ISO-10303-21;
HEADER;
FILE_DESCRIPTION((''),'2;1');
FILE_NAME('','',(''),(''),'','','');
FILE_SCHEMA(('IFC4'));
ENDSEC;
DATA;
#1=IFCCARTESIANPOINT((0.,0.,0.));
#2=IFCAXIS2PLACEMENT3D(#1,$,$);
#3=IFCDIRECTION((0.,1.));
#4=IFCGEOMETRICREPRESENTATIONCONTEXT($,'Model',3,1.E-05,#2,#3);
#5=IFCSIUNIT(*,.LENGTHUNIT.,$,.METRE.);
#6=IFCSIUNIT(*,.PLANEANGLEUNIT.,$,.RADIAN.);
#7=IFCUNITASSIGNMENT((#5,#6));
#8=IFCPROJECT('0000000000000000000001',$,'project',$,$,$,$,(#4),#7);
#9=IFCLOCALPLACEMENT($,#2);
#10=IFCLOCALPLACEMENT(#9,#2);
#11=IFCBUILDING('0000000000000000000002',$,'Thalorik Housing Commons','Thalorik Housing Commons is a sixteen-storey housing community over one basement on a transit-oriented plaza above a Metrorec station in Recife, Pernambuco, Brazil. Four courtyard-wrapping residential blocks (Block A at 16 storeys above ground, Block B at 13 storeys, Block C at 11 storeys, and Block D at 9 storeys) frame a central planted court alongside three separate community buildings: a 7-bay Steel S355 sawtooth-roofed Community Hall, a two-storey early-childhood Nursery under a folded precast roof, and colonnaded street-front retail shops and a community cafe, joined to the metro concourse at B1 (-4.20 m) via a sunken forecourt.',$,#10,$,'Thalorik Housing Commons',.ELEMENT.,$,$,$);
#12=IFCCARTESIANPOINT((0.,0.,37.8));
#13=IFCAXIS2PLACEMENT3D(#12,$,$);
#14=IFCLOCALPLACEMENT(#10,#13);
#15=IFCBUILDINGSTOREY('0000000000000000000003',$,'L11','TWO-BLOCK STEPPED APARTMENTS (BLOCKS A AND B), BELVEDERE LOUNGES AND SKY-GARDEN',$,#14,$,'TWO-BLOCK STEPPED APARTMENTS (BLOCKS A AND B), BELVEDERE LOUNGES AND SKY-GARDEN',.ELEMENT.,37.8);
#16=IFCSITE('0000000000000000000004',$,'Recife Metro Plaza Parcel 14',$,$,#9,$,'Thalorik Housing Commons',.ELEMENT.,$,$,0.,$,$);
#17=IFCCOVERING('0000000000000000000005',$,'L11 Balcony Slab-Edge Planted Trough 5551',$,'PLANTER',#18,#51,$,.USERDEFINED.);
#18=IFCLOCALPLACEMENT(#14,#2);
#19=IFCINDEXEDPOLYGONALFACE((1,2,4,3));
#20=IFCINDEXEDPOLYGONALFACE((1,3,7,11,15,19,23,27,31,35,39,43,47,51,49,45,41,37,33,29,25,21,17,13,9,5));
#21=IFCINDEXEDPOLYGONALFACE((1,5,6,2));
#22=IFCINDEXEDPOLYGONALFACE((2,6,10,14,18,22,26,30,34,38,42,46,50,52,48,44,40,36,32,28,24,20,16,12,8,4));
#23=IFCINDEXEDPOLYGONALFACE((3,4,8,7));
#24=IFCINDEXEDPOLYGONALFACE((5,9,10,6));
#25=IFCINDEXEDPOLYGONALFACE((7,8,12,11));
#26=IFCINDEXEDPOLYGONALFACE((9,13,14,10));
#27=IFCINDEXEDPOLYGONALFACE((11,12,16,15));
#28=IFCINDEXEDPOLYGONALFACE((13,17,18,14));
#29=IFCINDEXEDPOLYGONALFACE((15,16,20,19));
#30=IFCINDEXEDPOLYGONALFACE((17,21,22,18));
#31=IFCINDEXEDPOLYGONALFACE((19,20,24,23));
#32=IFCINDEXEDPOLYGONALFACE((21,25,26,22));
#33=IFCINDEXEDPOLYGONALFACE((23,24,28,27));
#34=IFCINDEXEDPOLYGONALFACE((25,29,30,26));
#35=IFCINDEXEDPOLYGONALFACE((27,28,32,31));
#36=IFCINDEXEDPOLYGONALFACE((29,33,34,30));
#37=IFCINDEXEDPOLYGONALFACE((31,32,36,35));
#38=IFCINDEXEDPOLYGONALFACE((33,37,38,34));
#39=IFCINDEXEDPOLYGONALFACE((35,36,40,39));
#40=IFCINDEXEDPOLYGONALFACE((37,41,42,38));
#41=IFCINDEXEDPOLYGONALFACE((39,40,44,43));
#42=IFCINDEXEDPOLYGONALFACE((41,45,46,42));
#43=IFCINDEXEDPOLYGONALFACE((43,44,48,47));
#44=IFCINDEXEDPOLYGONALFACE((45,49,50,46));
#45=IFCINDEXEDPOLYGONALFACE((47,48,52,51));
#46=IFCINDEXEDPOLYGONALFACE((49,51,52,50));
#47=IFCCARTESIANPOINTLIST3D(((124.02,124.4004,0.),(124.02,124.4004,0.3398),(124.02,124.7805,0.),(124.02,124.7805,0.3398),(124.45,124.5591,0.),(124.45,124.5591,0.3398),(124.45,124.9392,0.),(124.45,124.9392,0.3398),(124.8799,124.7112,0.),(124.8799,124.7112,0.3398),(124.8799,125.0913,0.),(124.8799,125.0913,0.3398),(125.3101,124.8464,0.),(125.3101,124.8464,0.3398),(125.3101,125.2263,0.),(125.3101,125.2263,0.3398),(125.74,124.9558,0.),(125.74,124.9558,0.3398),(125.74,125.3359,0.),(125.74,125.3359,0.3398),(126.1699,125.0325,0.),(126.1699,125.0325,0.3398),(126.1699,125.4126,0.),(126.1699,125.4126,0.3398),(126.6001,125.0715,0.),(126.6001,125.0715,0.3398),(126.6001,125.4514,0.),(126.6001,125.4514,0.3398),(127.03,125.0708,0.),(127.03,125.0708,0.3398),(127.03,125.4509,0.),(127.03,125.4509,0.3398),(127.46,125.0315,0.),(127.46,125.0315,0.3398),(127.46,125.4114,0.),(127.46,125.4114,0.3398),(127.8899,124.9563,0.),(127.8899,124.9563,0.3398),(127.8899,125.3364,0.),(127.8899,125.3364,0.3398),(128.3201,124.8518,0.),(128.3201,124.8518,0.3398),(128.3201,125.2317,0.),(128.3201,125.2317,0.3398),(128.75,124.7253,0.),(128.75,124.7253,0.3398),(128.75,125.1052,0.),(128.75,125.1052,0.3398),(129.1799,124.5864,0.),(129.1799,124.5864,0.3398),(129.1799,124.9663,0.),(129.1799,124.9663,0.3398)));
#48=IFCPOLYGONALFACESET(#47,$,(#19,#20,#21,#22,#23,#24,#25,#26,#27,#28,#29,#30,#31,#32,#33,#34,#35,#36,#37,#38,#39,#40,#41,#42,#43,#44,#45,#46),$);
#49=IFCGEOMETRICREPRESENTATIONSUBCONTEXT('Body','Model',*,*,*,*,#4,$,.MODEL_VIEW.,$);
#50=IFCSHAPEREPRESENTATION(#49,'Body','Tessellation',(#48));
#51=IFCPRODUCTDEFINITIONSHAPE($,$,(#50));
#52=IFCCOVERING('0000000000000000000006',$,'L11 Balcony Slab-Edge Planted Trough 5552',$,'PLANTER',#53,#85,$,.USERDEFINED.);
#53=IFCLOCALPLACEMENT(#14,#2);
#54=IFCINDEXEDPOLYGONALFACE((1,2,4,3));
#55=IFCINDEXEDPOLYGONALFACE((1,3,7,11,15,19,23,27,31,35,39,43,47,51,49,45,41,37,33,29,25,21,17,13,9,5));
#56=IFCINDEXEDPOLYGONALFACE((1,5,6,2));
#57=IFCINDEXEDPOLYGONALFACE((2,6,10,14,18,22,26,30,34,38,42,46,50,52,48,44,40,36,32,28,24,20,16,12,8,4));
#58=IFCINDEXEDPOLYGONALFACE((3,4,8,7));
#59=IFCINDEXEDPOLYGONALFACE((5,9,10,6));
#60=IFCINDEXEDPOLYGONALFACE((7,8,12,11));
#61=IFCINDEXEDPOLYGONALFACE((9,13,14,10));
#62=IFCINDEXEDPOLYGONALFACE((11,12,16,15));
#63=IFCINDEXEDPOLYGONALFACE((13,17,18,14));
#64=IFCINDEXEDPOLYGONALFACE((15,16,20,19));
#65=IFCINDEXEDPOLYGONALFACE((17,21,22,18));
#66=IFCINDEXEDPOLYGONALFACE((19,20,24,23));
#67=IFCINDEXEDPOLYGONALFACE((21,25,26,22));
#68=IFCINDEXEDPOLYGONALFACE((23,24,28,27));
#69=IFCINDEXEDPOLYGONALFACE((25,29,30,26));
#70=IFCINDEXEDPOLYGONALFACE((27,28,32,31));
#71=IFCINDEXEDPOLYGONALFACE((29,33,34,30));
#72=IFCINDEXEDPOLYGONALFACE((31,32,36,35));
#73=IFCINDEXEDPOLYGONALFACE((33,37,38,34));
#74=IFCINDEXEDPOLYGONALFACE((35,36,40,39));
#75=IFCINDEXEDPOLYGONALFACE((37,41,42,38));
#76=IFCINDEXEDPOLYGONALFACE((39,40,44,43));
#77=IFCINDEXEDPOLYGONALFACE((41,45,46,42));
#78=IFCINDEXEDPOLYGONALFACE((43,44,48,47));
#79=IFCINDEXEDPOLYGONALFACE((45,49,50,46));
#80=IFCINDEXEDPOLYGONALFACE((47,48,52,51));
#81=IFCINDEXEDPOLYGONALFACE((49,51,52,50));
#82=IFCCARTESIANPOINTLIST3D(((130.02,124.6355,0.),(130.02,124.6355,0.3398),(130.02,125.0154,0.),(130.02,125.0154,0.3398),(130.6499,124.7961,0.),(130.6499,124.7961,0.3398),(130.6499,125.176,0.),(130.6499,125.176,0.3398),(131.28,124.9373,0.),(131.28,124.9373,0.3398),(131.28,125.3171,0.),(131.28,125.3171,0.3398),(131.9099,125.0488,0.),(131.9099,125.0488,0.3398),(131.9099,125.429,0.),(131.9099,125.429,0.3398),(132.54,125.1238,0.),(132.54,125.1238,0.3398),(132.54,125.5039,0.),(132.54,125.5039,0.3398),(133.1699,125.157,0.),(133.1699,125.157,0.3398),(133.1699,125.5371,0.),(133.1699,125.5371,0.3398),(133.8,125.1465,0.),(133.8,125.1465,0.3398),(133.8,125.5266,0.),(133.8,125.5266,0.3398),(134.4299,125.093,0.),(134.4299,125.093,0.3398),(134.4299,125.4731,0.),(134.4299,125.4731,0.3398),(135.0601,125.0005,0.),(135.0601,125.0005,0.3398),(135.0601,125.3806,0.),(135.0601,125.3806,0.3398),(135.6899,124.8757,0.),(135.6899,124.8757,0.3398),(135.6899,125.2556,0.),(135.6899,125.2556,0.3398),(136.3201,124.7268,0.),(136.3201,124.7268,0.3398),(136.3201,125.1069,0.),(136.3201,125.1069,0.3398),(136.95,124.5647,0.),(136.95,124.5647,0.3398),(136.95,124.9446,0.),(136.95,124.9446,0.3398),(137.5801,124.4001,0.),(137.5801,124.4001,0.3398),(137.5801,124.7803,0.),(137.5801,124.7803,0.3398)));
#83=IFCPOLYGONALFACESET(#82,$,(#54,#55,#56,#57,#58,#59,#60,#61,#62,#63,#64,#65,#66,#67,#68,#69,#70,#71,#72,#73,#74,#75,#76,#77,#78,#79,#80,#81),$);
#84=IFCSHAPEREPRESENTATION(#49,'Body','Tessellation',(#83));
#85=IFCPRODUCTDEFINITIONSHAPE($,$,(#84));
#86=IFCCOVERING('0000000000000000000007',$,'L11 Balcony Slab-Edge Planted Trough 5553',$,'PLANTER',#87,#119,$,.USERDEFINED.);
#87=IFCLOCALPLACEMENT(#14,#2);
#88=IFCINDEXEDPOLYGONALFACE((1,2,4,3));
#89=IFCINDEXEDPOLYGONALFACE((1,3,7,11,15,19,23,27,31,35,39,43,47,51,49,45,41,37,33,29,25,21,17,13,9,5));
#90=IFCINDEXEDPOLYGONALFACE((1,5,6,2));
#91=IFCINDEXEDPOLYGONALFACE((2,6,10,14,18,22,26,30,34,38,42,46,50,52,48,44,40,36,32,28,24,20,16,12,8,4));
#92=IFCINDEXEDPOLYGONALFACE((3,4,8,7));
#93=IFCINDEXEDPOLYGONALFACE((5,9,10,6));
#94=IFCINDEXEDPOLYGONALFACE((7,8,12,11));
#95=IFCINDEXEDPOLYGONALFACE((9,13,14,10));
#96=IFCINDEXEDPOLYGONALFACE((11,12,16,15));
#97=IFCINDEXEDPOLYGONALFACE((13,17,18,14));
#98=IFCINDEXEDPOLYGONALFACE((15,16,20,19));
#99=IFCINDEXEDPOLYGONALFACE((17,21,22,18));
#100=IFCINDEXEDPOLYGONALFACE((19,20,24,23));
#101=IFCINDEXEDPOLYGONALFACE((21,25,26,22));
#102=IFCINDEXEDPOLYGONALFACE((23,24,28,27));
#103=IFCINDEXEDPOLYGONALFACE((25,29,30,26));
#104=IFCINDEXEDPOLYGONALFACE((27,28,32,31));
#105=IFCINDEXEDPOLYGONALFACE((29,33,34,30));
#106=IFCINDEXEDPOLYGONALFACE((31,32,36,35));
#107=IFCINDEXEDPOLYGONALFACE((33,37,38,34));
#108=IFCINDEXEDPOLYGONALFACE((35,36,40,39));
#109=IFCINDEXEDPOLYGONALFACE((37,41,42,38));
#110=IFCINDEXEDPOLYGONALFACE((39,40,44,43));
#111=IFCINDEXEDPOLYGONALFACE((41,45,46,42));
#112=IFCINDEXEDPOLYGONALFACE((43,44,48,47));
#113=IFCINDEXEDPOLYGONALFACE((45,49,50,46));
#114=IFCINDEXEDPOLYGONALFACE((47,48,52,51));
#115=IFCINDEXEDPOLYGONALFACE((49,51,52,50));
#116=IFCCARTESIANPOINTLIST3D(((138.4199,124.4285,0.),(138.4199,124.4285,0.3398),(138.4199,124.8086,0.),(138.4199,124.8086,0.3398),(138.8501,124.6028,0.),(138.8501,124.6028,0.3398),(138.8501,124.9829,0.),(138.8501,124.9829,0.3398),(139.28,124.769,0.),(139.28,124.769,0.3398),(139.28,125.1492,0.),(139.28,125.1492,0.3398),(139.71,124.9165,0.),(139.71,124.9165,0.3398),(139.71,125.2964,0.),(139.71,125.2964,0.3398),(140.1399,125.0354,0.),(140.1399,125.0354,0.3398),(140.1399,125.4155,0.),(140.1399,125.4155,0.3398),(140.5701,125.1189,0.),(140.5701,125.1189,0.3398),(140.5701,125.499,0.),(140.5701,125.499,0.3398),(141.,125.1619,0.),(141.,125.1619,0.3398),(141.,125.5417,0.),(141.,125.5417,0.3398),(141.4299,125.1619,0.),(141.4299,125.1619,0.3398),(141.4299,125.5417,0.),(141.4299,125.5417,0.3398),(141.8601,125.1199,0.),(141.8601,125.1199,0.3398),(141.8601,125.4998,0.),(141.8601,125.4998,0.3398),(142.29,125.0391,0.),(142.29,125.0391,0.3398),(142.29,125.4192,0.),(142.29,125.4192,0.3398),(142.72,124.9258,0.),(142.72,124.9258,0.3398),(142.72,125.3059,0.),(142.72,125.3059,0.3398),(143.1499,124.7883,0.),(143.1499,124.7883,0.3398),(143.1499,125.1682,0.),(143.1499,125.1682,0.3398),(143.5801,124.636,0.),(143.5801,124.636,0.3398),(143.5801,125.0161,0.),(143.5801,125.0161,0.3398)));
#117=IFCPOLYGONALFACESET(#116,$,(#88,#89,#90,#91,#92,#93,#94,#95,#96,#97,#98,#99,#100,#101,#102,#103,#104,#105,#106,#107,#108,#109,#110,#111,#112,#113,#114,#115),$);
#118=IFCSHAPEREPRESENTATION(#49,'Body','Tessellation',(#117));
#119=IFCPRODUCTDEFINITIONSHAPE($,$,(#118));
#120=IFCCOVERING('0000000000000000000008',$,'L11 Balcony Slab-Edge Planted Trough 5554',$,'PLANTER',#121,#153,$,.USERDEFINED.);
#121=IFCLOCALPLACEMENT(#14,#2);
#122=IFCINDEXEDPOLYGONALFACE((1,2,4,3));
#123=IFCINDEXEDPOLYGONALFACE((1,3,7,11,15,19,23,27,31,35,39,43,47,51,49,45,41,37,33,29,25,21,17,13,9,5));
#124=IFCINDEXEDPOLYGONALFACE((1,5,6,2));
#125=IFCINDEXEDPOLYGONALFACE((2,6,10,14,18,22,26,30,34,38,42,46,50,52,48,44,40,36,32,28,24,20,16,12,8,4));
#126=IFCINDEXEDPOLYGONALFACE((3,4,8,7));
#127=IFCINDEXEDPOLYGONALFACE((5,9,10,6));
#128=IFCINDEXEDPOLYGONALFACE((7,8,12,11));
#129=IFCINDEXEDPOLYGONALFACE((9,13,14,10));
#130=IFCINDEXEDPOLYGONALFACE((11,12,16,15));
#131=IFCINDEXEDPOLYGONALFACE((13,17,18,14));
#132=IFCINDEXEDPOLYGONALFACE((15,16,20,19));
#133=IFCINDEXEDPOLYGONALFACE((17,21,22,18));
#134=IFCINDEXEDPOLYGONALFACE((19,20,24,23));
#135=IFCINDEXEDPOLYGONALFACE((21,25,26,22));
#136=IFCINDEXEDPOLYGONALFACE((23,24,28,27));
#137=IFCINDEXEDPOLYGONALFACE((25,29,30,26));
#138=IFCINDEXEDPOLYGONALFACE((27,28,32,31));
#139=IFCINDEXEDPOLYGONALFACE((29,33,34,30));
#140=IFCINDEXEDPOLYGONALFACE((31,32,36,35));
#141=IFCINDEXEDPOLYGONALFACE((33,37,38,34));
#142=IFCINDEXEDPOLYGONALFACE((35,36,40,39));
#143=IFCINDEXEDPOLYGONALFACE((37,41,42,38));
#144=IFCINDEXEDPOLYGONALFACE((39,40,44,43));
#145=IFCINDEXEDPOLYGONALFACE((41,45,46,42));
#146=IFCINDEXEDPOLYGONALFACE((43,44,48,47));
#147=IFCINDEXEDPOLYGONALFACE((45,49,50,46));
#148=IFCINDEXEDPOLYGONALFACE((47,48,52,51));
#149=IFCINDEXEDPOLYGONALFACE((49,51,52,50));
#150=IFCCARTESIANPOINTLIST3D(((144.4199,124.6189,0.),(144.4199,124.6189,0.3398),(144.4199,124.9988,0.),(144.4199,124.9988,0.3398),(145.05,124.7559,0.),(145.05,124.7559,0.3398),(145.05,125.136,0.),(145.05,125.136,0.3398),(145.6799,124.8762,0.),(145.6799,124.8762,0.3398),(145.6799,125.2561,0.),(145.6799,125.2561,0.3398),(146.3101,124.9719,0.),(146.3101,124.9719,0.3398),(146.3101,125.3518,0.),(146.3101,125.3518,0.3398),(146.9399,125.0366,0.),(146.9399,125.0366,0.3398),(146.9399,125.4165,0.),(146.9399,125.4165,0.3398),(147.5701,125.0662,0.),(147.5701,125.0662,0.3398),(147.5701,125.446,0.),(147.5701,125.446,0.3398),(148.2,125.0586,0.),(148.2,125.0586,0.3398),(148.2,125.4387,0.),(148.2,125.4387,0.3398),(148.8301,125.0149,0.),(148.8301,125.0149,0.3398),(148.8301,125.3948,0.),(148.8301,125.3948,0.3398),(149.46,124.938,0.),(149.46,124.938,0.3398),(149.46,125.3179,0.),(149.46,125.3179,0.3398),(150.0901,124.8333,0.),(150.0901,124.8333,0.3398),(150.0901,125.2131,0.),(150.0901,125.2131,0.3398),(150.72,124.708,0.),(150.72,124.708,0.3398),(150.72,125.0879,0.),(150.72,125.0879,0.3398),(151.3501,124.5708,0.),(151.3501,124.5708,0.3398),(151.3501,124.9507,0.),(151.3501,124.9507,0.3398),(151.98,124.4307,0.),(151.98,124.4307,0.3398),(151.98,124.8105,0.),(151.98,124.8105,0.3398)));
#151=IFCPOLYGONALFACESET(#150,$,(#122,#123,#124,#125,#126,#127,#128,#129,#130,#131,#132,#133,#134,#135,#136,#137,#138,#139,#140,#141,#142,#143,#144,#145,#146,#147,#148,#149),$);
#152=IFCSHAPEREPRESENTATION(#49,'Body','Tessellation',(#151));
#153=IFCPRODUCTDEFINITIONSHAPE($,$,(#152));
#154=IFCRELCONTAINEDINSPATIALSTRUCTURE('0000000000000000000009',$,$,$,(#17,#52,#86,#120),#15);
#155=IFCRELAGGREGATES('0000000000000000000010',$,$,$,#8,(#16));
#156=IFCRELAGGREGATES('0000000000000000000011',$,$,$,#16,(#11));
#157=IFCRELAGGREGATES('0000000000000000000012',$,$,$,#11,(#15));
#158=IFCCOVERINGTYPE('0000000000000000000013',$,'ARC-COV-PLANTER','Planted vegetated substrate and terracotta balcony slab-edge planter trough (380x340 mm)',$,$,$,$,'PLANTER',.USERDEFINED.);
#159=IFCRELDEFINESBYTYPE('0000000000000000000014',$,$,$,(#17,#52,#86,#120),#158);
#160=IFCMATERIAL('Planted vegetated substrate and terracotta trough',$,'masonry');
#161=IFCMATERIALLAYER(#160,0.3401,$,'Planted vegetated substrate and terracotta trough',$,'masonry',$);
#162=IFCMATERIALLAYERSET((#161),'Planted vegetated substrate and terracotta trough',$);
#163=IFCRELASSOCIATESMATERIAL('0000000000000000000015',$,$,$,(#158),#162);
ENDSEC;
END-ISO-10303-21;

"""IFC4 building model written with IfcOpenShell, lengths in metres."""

from ifc_helpers import new_model, si_unit, direction, frame, origin, place, context, subcontext, project, spatial, polyline, outline, extrude, material, layer, layer_set, type_object, element, save


model = new_model("IFC4")

# Units and contexts
model_context = context("Model", 3, precision=1e-05, world=origin(), true_north=direction((0.0, 1.0)))
body_context = subcontext(model_context, "Body", "Model", "MODEL_VIEW")
ifc_project = project(units=[si_unit("LENGTHUNIT", "METRE"), si_unit("PLANEANGLEUNIT", "RADIAN")], contexts=[model_context])

# Site, building, storey
site_placement = place(None, origin())
site = spatial("IfcSite", under=ifc_project, at=site_placement, Name="Recife Metro Plaza Parcel 14", LongName="Thalorik Housing Commons", CompositionType="ELEMENT", RefElevation=0.0)
building_placement = place(site_placement, origin())
building = spatial("IfcBuilding", under=site, at=building_placement, Name="Thalorik Housing Commons", Description="Thalorik Housing Commons is a sixteen-storey housing community over one basement on a transit-oriented plaza above a Metrorec station in Recife, Pernambuco, Brazil. Four courtyard-wrapping residential blocks (Block A at 16 storeys above ground, Block B at 13 storeys, Block C at 11 storeys, and Block D at 9 storeys) frame a central planted court alongside three separate community buildings: a 7-bay Steel S355 sawtooth-roofed Community Hall, a two-storey early-childhood Nursery under a folded precast roof, and colonnaded street-front retail shops and a community cafe, joined to the metro concourse at B1 (-4.20 m) via a sunken forecourt.", LongName="Thalorik Housing Commons", CompositionType="ELEMENT")
storey_placement = place(building_placement, frame((0.0, 0.0, 37.8)))
storey = spatial("IfcBuildingStorey", under=building, at=storey_placement, Name="L11", Description="TWO-BLOCK STEPPED APARTMENTS (BLOCKS A AND B), BELVEDERE LOUNGES AND SKY-GARDEN", LongName="TWO-BLOCK STEPPED APARTMENTS (BLOCKS A AND B), BELVEDERE LOUNGES AND SKY-GARDEN", CompositionType="ELEMENT", Elevation=37.8)

# Coverings
ifc_material_1 = material(Name="Planted vegetated substrate and terracotta trough", Category="masonry")
ifc_layer_1 = layer(ifc_material_1, 0.3401, Name="Planted vegetated substrate and terracotta trough", Category="masonry")
ifc_layer_set_1 = layer_set([ifc_layer_1], Name="Planted vegetated substrate and terracotta trough")
covering_type_1 = type_object("IfcCoveringType", Name="ARC-COV-PLANTER", Description="Planted vegetated substrate and terracotta balcony slab-edge planter trough (380x340 mm)", ElementType="PLANTER", PredefinedType="USERDEFINED", material=ifc_layer_set_1)
covering_1_placement = place(storey_placement, origin())
element("IfcCovering", 1, at=covering_1_placement, inside=storey, type_object=covering_type_1, Name="L11 Balcony Slab-Edge Planted Trough 5551", ObjectType="PLANTER", PredefinedType="USERDEFINED", context=body_context, shape_type="SweptSolid", body=[
    extrude(outline(polyline([(129.1799, 124.9663), (128.75, 125.1052), (128.3201, 125.2317), (127.8899, 125.3364), (127.46, 125.4114), (127.03, 125.4509), (126.6001, 125.4514), (126.1699, 125.4126), (125.74, 125.3359), (125.3101, 125.2263), (124.8799, 125.0913), (124.45, 124.9392), (124.02, 124.7805), (124.02, 124.4004), (124.45, 124.5591), (124.8799, 124.7112), (125.3101, 124.8464), (125.74, 124.9558), (126.1699, 125.0325), (126.6001, 125.0715), (127.03, 125.0708), (127.46, 125.0315), (127.8899, 124.9563), (128.3201, 124.8518), (128.75, 124.7253), (129.1799, 124.5864), (129.1799, 124.9663)])), origin(), (0.0, 0.0, 1.0), 0.3398),
])
covering_2_placement = place(storey_placement, origin())
element("IfcCovering", 2, at=covering_2_placement, inside=storey, type_object=covering_type_1, Name="L11 Balcony Slab-Edge Planted Trough 5552", ObjectType="PLANTER", PredefinedType="USERDEFINED", context=body_context, shape_type="SweptSolid", body=[
    extrude(outline(polyline([(137.5801, 124.7803), (136.95, 124.9446), (136.3201, 125.1069), (135.6899, 125.2556), (135.0601, 125.3806), (134.4299, 125.4731), (133.8, 125.5266), (133.1699, 125.5371), (132.54, 125.5039), (131.9099, 125.429), (131.28, 125.3171), (130.6499, 125.176), (130.02, 125.0154), (130.02, 124.6355), (130.6499, 124.7961), (131.28, 124.9373), (131.9099, 125.0488), (132.54, 125.1238), (133.1699, 125.157), (133.8, 125.1465), (134.4299, 125.093), (135.0601, 125.0005), (135.6899, 124.8757), (136.3201, 124.7268), (136.95, 124.5647), (137.5801, 124.4001), (137.5801, 124.7803)])), origin(), (0.0, 0.0, 1.0), 0.3398),
])
covering_3_placement = place(storey_placement, origin())
element("IfcCovering", 3, at=covering_3_placement, inside=storey, type_object=covering_type_1, Name="L11 Balcony Slab-Edge Planted Trough 5553", ObjectType="PLANTER", PredefinedType="USERDEFINED", context=body_context, shape_type="SweptSolid", body=[
    extrude(outline(polyline([(143.5801, 125.0161), (143.1499, 125.1682), (142.72, 125.3059), (142.29, 125.4192), (141.8601, 125.4998), (141.4299, 125.5417), (141.0, 125.5417), (140.5701, 125.499), (140.1399, 125.4155), (139.71, 125.2964), (139.28, 125.1492), (138.8501, 124.9829), (138.4199, 124.8086), (138.4199, 124.4285), (138.8501, 124.6028), (139.28, 124.769), (139.71, 124.9165), (140.1399, 125.0354), (140.5701, 125.1189), (141.0, 125.1619), (141.4299, 125.1619), (141.8601, 125.1199), (142.29, 125.0391), (142.72, 124.9258), (143.1499, 124.7883), (143.5801, 124.636), (143.5801, 125.0161)])), origin(), (0.0, 0.0, 1.0), 0.3398),
])
covering_4_placement = place(storey_placement, origin())
element("IfcCovering", 4, at=covering_4_placement, inside=storey, type_object=covering_type_1, Name="L11 Balcony Slab-Edge Planted Trough 5554", ObjectType="PLANTER", PredefinedType="USERDEFINED", context=body_context, shape_type="SweptSolid", body=[
    extrude(outline(polyline([(151.98, 124.8105), (151.3501, 124.9507), (150.72, 125.0879), (150.0901, 125.2131), (149.46, 125.3179), (148.8301, 125.3948), (148.2, 125.4387), (147.5701, 125.446), (146.9399, 125.4165), (146.3101, 125.3518), (145.6799, 125.2561), (145.05, 125.136), (144.4199, 124.9988), (144.4199, 124.6189), (145.05, 124.7559), (145.6799, 124.8762), (146.3101, 124.9719), (146.9399, 125.0366), (147.5701, 125.0662), (148.2, 125.0586), (148.8301, 125.0149), (149.46, 124.938), (150.0901, 124.8333), (150.72, 124.708), (151.3501, 124.5708), (151.98, 124.4307), (151.98, 124.8105)])), origin(), (0.0, 0.0, 1.0), 0.3398),
])

save(model, "model.ifc")
